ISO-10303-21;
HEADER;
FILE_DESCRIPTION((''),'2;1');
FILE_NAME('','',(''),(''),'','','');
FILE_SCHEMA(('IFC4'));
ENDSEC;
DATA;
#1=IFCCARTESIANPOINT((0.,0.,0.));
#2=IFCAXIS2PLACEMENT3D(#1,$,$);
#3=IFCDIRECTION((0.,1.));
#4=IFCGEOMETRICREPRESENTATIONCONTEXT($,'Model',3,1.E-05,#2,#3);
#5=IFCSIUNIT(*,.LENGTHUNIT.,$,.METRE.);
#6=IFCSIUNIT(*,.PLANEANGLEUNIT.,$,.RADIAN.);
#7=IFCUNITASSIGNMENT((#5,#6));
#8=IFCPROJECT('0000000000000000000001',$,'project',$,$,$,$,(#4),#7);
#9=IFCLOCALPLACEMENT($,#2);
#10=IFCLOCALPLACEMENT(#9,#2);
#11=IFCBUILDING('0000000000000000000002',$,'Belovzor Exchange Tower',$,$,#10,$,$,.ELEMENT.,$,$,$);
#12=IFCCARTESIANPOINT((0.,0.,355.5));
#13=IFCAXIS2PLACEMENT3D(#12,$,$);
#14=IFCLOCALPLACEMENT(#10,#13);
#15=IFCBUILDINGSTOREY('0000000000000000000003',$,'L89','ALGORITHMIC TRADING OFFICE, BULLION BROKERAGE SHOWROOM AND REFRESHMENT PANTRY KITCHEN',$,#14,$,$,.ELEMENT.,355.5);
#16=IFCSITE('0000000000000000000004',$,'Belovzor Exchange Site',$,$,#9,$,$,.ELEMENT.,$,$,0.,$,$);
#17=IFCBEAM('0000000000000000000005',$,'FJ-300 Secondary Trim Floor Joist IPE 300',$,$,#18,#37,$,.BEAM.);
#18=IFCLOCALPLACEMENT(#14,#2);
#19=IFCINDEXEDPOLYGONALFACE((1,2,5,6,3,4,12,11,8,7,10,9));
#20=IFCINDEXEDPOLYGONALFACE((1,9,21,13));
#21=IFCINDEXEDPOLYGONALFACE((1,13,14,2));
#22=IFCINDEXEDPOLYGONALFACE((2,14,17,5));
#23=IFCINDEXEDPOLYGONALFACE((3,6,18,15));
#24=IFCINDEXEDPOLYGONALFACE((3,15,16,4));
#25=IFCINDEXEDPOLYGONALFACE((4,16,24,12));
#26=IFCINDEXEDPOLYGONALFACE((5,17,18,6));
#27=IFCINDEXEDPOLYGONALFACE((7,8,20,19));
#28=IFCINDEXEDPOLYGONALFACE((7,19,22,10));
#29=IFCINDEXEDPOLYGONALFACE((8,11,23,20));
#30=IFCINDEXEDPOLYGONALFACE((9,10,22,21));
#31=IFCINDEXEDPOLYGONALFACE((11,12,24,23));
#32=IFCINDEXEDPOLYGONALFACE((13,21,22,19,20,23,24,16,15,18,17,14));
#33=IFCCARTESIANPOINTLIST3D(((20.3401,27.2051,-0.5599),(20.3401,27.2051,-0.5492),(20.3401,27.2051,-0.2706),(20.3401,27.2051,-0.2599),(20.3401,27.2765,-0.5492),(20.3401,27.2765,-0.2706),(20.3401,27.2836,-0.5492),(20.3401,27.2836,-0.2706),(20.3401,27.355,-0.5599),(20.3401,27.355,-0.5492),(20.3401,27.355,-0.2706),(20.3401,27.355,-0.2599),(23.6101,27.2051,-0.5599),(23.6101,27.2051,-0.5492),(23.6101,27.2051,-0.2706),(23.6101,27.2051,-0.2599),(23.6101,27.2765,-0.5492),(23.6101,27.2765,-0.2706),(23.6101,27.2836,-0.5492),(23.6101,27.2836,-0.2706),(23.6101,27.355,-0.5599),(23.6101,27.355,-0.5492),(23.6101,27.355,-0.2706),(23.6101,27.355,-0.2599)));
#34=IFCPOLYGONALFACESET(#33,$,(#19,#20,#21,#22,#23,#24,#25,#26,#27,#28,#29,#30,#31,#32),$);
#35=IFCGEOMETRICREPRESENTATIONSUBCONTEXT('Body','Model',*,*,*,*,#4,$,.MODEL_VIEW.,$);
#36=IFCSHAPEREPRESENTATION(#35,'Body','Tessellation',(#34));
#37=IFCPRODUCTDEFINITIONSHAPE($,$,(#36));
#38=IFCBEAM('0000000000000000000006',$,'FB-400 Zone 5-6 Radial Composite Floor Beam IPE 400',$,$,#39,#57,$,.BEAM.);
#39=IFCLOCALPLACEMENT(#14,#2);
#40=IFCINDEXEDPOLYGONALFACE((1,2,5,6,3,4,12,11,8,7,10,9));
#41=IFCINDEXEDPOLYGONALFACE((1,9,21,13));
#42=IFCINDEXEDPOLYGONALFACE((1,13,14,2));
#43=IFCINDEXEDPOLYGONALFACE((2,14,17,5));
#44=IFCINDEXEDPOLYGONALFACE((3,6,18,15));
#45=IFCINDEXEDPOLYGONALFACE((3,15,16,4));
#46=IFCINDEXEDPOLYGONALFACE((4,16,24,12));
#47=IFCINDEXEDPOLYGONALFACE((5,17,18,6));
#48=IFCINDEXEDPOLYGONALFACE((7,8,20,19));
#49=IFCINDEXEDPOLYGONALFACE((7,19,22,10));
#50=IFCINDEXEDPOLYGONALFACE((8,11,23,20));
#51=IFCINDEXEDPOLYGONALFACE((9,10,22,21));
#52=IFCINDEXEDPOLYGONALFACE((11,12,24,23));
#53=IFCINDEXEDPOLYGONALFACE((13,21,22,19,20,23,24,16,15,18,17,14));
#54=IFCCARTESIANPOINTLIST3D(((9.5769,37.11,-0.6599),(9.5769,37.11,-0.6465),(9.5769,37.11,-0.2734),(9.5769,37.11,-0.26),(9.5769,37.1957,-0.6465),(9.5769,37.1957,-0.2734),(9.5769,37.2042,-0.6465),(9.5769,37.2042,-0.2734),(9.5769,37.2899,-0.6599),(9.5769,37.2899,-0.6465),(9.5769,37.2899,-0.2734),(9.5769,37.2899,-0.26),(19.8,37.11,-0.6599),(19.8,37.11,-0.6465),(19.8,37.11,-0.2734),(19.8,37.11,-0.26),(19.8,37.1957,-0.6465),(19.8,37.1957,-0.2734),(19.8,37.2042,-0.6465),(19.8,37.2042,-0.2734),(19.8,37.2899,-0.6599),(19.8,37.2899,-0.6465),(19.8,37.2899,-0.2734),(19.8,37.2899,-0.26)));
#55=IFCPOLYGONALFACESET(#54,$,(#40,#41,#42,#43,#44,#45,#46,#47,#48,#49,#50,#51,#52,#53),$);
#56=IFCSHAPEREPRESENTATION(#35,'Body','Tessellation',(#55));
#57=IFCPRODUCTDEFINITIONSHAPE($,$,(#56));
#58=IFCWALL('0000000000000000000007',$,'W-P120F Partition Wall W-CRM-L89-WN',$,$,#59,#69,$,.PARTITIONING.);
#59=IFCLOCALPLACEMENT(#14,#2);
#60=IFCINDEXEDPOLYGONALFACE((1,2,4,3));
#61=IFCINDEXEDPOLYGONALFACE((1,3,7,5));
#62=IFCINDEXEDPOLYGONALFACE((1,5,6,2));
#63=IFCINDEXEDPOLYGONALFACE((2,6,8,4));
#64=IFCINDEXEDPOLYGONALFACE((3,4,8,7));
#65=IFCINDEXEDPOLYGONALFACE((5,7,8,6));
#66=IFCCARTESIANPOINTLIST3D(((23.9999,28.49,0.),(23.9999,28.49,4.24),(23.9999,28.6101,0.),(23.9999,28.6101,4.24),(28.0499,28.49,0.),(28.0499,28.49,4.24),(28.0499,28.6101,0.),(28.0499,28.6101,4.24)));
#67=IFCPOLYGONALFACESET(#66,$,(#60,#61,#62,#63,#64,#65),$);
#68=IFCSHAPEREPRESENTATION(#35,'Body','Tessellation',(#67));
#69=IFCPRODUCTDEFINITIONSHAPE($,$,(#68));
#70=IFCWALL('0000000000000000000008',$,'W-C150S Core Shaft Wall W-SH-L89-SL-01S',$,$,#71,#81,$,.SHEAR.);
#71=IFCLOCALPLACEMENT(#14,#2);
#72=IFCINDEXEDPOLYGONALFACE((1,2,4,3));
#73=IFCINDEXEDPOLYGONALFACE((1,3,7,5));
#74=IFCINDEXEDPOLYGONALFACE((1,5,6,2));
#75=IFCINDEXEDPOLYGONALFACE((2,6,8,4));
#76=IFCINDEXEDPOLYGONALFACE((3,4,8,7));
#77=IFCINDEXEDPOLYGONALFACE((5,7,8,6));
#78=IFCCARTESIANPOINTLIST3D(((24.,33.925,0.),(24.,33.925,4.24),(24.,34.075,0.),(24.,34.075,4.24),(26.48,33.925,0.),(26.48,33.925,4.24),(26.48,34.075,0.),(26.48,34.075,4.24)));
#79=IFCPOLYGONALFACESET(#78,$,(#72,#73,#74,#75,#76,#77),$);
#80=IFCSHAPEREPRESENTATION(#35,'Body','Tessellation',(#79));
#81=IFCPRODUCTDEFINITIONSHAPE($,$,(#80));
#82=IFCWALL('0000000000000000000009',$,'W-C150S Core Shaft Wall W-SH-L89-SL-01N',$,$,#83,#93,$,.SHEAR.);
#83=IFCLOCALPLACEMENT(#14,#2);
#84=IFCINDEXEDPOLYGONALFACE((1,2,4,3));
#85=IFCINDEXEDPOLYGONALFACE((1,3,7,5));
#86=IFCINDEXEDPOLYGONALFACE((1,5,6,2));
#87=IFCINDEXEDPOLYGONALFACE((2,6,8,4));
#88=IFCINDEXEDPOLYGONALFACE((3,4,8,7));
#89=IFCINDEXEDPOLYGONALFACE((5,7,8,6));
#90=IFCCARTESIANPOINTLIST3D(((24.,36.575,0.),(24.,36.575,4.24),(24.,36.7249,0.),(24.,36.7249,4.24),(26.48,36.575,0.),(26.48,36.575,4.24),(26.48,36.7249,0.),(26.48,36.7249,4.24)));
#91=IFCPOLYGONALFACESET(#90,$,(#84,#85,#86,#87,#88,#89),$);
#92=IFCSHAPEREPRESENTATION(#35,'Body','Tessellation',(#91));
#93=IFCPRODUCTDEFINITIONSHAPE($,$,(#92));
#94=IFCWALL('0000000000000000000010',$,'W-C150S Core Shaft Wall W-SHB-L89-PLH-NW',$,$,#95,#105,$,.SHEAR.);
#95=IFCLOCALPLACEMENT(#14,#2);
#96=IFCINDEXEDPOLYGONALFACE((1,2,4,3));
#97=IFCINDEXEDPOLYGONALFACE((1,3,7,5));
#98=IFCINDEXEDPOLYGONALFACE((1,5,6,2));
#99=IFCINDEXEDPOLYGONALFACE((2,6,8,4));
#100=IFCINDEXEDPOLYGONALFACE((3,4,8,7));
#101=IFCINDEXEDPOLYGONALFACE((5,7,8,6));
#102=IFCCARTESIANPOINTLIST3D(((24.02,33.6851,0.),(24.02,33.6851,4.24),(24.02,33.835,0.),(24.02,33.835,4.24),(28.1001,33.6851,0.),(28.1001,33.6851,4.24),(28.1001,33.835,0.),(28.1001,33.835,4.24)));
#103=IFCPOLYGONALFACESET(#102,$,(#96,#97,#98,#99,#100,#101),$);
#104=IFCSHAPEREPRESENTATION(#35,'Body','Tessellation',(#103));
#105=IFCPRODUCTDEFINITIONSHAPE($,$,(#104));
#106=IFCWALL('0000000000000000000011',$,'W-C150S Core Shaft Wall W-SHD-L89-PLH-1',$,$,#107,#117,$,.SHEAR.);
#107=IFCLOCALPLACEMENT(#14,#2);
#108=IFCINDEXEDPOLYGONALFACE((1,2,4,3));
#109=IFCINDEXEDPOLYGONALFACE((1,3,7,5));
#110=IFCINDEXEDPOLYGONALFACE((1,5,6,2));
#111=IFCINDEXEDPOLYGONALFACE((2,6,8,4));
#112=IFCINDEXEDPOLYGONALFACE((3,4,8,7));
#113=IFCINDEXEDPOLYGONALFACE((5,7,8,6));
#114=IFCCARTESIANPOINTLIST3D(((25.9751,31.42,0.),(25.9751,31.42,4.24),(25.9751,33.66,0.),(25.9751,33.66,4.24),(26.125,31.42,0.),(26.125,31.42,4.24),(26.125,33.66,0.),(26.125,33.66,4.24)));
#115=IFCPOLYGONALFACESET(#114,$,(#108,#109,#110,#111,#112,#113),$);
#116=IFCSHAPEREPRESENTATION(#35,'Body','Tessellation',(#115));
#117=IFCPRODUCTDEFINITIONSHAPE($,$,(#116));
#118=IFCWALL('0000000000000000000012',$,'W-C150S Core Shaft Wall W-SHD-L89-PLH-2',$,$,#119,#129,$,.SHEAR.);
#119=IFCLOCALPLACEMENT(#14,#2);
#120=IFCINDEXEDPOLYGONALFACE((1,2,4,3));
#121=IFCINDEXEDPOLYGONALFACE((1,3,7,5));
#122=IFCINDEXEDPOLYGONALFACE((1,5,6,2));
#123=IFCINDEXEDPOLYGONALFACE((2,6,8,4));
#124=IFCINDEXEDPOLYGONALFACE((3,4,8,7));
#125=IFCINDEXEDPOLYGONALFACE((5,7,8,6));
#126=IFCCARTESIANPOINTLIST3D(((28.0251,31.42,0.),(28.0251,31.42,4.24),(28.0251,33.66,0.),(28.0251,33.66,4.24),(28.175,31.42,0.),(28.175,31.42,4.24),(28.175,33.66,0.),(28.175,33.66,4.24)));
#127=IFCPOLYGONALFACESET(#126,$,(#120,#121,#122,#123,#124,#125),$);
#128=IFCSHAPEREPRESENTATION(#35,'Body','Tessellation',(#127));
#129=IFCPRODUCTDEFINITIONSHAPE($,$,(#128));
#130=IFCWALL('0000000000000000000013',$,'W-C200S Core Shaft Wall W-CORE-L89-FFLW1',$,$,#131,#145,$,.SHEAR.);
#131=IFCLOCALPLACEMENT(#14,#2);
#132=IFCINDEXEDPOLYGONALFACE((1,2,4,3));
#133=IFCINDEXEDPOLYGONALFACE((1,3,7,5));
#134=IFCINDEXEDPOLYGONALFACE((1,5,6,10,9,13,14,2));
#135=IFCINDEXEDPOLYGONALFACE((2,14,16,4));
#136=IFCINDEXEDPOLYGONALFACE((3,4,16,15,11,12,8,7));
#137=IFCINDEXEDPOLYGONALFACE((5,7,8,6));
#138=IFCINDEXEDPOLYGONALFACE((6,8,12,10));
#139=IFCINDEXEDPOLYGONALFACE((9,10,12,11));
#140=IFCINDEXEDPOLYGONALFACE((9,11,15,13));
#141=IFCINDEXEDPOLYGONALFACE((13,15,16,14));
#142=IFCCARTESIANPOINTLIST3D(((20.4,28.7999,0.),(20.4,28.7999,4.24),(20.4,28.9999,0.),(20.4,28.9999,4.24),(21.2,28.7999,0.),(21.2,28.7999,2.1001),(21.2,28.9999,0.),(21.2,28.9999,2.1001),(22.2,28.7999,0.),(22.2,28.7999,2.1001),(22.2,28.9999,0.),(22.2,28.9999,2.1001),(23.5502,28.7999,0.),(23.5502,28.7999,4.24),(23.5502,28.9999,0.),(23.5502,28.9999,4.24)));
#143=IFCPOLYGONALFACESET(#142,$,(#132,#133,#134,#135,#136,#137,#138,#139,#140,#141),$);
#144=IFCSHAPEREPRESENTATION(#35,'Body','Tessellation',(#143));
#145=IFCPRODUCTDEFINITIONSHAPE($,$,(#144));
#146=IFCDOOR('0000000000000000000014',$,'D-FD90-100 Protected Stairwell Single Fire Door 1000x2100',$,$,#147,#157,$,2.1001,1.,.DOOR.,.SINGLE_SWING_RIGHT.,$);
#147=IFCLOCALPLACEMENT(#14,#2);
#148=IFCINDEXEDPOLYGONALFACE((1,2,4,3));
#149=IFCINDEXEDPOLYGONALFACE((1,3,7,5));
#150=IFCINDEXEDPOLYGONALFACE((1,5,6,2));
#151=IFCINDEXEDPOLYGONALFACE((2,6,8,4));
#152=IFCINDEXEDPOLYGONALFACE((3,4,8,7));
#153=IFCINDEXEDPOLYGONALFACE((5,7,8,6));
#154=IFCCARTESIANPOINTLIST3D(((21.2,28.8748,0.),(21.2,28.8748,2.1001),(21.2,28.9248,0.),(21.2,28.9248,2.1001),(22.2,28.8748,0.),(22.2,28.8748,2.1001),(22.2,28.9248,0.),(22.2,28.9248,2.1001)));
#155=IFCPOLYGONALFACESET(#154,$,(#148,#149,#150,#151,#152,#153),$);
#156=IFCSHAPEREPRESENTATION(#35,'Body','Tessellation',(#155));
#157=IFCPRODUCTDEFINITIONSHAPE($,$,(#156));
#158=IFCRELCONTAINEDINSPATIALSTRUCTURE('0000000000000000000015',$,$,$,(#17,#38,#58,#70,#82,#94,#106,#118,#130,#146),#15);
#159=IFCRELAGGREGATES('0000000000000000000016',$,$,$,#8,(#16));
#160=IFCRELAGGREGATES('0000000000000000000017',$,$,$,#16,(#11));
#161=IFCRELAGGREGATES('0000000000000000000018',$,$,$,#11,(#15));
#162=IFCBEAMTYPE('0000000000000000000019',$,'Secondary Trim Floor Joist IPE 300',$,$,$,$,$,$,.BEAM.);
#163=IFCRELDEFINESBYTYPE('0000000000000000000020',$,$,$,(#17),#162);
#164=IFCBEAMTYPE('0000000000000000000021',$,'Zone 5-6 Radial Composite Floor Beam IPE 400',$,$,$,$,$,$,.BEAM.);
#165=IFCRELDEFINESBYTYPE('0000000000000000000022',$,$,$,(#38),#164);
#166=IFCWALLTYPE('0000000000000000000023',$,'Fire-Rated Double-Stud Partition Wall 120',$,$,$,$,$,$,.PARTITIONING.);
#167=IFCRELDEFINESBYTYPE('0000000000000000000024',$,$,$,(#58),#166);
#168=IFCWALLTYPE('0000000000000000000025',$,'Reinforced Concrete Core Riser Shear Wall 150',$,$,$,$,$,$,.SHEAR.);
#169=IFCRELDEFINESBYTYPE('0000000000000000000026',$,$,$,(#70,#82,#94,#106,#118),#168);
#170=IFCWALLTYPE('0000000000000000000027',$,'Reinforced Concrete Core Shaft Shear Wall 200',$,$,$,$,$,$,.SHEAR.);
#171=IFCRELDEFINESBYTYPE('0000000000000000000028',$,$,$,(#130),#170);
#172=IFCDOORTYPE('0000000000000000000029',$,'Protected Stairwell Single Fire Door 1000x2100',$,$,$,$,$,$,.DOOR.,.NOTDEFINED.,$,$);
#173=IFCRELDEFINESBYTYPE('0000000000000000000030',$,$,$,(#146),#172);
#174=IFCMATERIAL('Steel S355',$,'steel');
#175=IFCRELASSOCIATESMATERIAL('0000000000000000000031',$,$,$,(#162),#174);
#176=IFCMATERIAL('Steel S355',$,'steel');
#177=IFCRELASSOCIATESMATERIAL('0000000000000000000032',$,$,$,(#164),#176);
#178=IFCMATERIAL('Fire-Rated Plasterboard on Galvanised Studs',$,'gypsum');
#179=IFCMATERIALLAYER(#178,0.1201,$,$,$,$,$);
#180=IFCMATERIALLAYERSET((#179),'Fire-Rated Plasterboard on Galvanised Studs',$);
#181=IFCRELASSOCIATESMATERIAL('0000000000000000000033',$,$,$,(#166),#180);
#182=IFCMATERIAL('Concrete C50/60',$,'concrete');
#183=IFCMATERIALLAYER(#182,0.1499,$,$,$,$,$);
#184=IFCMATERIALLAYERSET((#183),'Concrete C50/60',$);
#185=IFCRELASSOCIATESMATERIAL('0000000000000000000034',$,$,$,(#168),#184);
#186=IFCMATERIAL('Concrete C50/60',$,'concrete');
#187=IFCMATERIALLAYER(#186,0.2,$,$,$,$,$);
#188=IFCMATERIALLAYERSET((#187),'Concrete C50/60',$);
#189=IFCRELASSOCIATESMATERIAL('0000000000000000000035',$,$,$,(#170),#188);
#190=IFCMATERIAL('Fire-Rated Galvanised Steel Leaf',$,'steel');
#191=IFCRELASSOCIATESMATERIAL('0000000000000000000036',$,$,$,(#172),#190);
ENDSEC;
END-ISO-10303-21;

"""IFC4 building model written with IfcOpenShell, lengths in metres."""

from ifc_helpers import new_model, si_unit, direction, frame, frame_2d, origin, origin_2d, place, context, subcontext, project, spatial, rectangle, i_section, extrude, material, layer, layer_set, material_profile, profile_set, type_object, element, fill, save


model = new_model("IFC4")

# Units and contexts
model_context = context("Model", 3, precision=1e-05, world=origin(), true_north=direction((0.0, 1.0)))
body_context = subcontext(model_context, "Body", "Model", "MODEL_VIEW")
ifc_project = project(units=[si_unit("LENGTHUNIT", "METRE"), si_unit("PLANEANGLEUNIT", "RADIAN")], contexts=[model_context])

# Site, building, storey
site_placement = place(None, origin())
site = spatial("IfcSite", under=ifc_project, at=site_placement, Name="Belovzor Exchange Site", CompositionType="ELEMENT", RefElevation=0.0)
building_placement = place(site_placement, origin())
building = spatial("IfcBuilding", under=site, at=building_placement, Name="Belovzor Exchange Tower", CompositionType="ELEMENT")
storey_placement = place(building_placement, frame((0.0, 0.0, 355.5)))
storey = spatial("IfcBuildingStorey", under=building, at=storey_placement, Name="L89", Description="ALGORITHMIC TRADING OFFICE, BULLION BROKERAGE SHOWROOM AND REFRESHMENT PANTRY KITCHEN", CompositionType="ELEMENT", Elevation=355.5)

# Beams
ifc_material_1 = material(Name="Steel S355", Category="steel")
ifc_material_profile_1 = material_profile(ifc_material_1, i_section(OverallWidth=0.1499, OverallDepth=0.3, WebThickness=0.0071, FlangeThickness=0.0107, at=origin_2d()))
ifc_profile_set_1 = profile_set([ifc_material_profile_1], Name="Steel S355")
beam_type_1 = type_object("IfcBeamType", Name="Secondary Trim Floor Joist IPE 300", PredefinedType="BEAM", material=ifc_profile_set_1)
beam_1_placement = place(storey_placement, frame((20.3401, 27.28, -0.4099), z_axis=(1.0, 0.0, 0.0), x_axis=(0.0, 1.0, 0.0)))
element("IfcBeam", 1, at=beam_1_placement, inside=storey, type_object=beam_type_1, Name="FJ-300 Secondary Trim Floor Joist IPE 300", PredefinedType="BEAM", context=body_context, shape_type="SweptSolid", body=[
    extrude(i_section(OverallWidth=0.1499, OverallDepth=0.3, WebThickness=0.0071, FlangeThickness=0.0107, at=origin_2d()), origin(), (0.0, 0.0, 1.0), 3.27),
])
ifc_material_2 = material(Name="Steel S355", Category="steel")
ifc_material_profile_2 = material_profile(ifc_material_2, i_section(OverallWidth=0.1799, OverallDepth=0.3999, WebThickness=0.0085, FlangeThickness=0.0134, at=origin_2d()))
ifc_profile_set_2 = profile_set([ifc_material_profile_2], Name="Steel S355")
beam_type_2 = type_object("IfcBeamType", Name="Zone 5-6 Radial Composite Floor Beam IPE 400", PredefinedType="BEAM", material=ifc_profile_set_2)
beam_2_placement = place(storey_placement, frame((19.8, 37.2, -0.46), z_axis=(-1.0, 0.0, 0.0), x_axis=(0.0, -1.0, 0.0)))
element("IfcBeam", 2, at=beam_2_placement, inside=storey, type_object=beam_type_2, Name="FB-400 Zone 5-6 Radial Composite Floor Beam IPE 400", PredefinedType="BEAM", context=body_context, shape_type="SweptSolid", body=[
    extrude(i_section(OverallWidth=0.1799, OverallDepth=0.3999, WebThickness=0.0085, FlangeThickness=0.0134, at=origin_2d()), origin(), (0.0, 0.0, 1.0), 10.2231),
])

# Walls
ifc_material_3 = material(Name="Fire-Rated Plasterboard on Galvanised Studs", Category="gypsum")
ifc_layer_1 = layer(ifc_material_3, 0.1201)
ifc_layer_set_1 = layer_set([ifc_layer_1], Name="Fire-Rated Plasterboard on Galvanised Studs")
wall_type_1 = type_object("IfcWallType", Name="Fire-Rated Double-Stud Partition Wall 120", PredefinedType="PARTITIONING", material=ifc_layer_set_1)
wall_1_placement = place(storey_placement, frame((24.0, 28.55, 0.0), z_axis=(0.0, 0.0, 1.0), x_axis=(1.0, 0.0, 0.0)))
element("IfcWall", 3, at=wall_1_placement, inside=storey, type_object=wall_type_1, Name="W-P120F Partition Wall W-CRM-L89-WN", PredefinedType="PARTITIONING", context=body_context, shape_type="SweptSolid", body=[
    extrude(rectangle(XDim=4.05, YDim=0.1201, at=frame_2d((2.0249, 0.0))), origin(), (0.0, 0.0, 1.0), 4.24),
])
ifc_material_4 = material(Name="Concrete C50/60", Category="concrete")
ifc_layer_2 = layer(ifc_material_4, 0.1499)
ifc_layer_set_2 = layer_set([ifc_layer_2], Name="Concrete C50/60")
wall_type_2 = type_object("IfcWallType", Name="Reinforced Concrete Core Riser Shear Wall 150", PredefinedType="SHEAR", material=ifc_layer_set_2)
for number, where, z_axis, x_axis, name in (
    (4, (24.0, 34.0, 0.0), (0.0, 0.0, 1.0), (1.0, 0.0, 0.0), "W-C150S Core Shaft Wall W-SH-L89-SL-01S"),
    (5, (24.0, 36.6499, 0.0), (0.0, 0.0, 1.0), (1.0, 0.0, 0.0), "W-C150S Core Shaft Wall W-SH-L89-SL-01N"),
):
    element("IfcWall", number, at=place(storey_placement, frame(where, z_axis=z_axis, x_axis=x_axis)), inside=storey, type_object=wall_type_2, Name=name, PredefinedType="SHEAR", context=body_context, shape_type="SweptSolid", body=[
        extrude(rectangle(XDim=2.48, YDim=0.1499, at=frame_2d((1.24, 0.0))), origin(), (0.0, 0.0, 1.0), 4.24),
    ])
wall_2_placement = place(storey_placement, frame((24.02, 33.76, 0.0), z_axis=(0.0, 0.0, 1.0), x_axis=(1.0, 0.0, 0.0)))
element("IfcWall", 6, at=wall_2_placement, inside=storey, type_object=wall_type_2, Name="W-C150S Core Shaft Wall W-SHB-L89-PLH-NW", PredefinedType="SHEAR", context=body_context, shape_type="SweptSolid", body=[
    extrude(rectangle(XDim=4.0801, YDim=0.1499, at=frame_2d((2.04, 0.0))), origin(), (0.0, 0.0, 1.0), 4.24),
])
for number, where, z_axis, x_axis, name in (
    (7, (26.05, 31.4199, 0.0), (0.0, 0.0, 1.0), (0.0, 1.0, 0.0), "W-C150S Core Shaft Wall W-SHD-L89-PLH-1"),
    (8, (28.1001, 31.4199, 0.0), (0.0, 0.0, 1.0), (0.0, 1.0, 0.0), "W-C150S Core Shaft Wall W-SHD-L89-PLH-2"),
):
    element("IfcWall", number, at=place(storey_placement, frame(where, z_axis=z_axis, x_axis=x_axis)), inside=storey, type_object=wall_type_2, Name=name, PredefinedType="SHEAR", context=body_context, shape_type="SweptSolid", body=[
        extrude(rectangle(XDim=2.24, YDim=0.1499, at=frame_2d((1.1201, 0.0))), origin(), (0.0, 0.0, 1.0), 4.24),
    ])

# Wall, opening, door
ifc_material_5 = material(Name="Concrete C50/60", Category="concrete")
ifc_layer_3 = layer(ifc_material_5, 0.2)
ifc_layer_set_3 = layer_set([ifc_layer_3], Name="Concrete C50/60")
wall_type_3 = type_object("IfcWallType", Name="Reinforced Concrete Core Shaft Shear Wall 200", PredefinedType="SHEAR", material=ifc_layer_set_3)
wall_3_placement = place(storey_placement, frame((20.3999, 28.8999, 0.0), z_axis=(0.0, 0.0, 1.0), x_axis=(1.0, 0.0, 0.0)))
wall_3 = element("IfcWall", 9, at=wall_3_placement, inside=storey, type_object=wall_type_3, Name="W-C200S Core Shaft Wall W-CORE-L89-FFLW1", PredefinedType="SHEAR", context=body_context, shape_type="SweptSolid", body=[
    extrude(rectangle(XDim=3.1501, YDim=0.2, at=frame_2d((1.5752, 0.0))), origin(), (0.0, 0.0, 1.0), 4.24),
])
opening_1_placement = place(wall_3_placement, frame((0.8, 0.0, 0.0)))
opening_1 = element("IfcOpeningElement", 10, at=opening_1_placement, cuts=wall_3, PredefinedType="OPENING", context=body_context, shape_type="SweptSolid", body=[
    extrude(rectangle(XDim=1.0, YDim=2.1001, at=frame_2d((0.5, 1.05))), frame((0.0, 0.1099, 0.0), z_axis=(0.0, -1.0, 0.0), x_axis=(1.0, 0.0, 0.0)), (0.0, 0.0, 1.0), 0.22),
])
ifc_material_6 = material(Name="Fire-Rated Galvanised Steel Leaf", Category="steel")
door_type_1 = type_object("IfcDoorType", Name="Protected Stairwell Single Fire Door 1000x2100", OperationType="NOTDEFINED", PredefinedType="DOOR", material=ifc_material_6)
door_1_placement = place(opening_1_placement, origin())
door_1 = element("IfcDoor", 11, at=door_1_placement, inside=storey, type_object=door_type_1, Name="D-FD90-100 Protected Stairwell Single Fire Door 1000x2100", OperationType="SINGLE_SWING_RIGHT", OverallHeight=2.1001, OverallWidth=1.0, PredefinedType="DOOR", context=body_context, shape_type="SweptSolid", body=[
    extrude(rectangle(XDim=1.0, YDim=2.1001, at=frame_2d((0.5, 1.05))), frame((0.0, 0.0249, 0.0), z_axis=(0.0, -1.0, 0.0), x_axis=(1.0, 0.0, 0.0)), (0.0, 0.0, 1.0), 0.05),
])
fill(opening_1, door_1)

save(model, "model.ifc")
